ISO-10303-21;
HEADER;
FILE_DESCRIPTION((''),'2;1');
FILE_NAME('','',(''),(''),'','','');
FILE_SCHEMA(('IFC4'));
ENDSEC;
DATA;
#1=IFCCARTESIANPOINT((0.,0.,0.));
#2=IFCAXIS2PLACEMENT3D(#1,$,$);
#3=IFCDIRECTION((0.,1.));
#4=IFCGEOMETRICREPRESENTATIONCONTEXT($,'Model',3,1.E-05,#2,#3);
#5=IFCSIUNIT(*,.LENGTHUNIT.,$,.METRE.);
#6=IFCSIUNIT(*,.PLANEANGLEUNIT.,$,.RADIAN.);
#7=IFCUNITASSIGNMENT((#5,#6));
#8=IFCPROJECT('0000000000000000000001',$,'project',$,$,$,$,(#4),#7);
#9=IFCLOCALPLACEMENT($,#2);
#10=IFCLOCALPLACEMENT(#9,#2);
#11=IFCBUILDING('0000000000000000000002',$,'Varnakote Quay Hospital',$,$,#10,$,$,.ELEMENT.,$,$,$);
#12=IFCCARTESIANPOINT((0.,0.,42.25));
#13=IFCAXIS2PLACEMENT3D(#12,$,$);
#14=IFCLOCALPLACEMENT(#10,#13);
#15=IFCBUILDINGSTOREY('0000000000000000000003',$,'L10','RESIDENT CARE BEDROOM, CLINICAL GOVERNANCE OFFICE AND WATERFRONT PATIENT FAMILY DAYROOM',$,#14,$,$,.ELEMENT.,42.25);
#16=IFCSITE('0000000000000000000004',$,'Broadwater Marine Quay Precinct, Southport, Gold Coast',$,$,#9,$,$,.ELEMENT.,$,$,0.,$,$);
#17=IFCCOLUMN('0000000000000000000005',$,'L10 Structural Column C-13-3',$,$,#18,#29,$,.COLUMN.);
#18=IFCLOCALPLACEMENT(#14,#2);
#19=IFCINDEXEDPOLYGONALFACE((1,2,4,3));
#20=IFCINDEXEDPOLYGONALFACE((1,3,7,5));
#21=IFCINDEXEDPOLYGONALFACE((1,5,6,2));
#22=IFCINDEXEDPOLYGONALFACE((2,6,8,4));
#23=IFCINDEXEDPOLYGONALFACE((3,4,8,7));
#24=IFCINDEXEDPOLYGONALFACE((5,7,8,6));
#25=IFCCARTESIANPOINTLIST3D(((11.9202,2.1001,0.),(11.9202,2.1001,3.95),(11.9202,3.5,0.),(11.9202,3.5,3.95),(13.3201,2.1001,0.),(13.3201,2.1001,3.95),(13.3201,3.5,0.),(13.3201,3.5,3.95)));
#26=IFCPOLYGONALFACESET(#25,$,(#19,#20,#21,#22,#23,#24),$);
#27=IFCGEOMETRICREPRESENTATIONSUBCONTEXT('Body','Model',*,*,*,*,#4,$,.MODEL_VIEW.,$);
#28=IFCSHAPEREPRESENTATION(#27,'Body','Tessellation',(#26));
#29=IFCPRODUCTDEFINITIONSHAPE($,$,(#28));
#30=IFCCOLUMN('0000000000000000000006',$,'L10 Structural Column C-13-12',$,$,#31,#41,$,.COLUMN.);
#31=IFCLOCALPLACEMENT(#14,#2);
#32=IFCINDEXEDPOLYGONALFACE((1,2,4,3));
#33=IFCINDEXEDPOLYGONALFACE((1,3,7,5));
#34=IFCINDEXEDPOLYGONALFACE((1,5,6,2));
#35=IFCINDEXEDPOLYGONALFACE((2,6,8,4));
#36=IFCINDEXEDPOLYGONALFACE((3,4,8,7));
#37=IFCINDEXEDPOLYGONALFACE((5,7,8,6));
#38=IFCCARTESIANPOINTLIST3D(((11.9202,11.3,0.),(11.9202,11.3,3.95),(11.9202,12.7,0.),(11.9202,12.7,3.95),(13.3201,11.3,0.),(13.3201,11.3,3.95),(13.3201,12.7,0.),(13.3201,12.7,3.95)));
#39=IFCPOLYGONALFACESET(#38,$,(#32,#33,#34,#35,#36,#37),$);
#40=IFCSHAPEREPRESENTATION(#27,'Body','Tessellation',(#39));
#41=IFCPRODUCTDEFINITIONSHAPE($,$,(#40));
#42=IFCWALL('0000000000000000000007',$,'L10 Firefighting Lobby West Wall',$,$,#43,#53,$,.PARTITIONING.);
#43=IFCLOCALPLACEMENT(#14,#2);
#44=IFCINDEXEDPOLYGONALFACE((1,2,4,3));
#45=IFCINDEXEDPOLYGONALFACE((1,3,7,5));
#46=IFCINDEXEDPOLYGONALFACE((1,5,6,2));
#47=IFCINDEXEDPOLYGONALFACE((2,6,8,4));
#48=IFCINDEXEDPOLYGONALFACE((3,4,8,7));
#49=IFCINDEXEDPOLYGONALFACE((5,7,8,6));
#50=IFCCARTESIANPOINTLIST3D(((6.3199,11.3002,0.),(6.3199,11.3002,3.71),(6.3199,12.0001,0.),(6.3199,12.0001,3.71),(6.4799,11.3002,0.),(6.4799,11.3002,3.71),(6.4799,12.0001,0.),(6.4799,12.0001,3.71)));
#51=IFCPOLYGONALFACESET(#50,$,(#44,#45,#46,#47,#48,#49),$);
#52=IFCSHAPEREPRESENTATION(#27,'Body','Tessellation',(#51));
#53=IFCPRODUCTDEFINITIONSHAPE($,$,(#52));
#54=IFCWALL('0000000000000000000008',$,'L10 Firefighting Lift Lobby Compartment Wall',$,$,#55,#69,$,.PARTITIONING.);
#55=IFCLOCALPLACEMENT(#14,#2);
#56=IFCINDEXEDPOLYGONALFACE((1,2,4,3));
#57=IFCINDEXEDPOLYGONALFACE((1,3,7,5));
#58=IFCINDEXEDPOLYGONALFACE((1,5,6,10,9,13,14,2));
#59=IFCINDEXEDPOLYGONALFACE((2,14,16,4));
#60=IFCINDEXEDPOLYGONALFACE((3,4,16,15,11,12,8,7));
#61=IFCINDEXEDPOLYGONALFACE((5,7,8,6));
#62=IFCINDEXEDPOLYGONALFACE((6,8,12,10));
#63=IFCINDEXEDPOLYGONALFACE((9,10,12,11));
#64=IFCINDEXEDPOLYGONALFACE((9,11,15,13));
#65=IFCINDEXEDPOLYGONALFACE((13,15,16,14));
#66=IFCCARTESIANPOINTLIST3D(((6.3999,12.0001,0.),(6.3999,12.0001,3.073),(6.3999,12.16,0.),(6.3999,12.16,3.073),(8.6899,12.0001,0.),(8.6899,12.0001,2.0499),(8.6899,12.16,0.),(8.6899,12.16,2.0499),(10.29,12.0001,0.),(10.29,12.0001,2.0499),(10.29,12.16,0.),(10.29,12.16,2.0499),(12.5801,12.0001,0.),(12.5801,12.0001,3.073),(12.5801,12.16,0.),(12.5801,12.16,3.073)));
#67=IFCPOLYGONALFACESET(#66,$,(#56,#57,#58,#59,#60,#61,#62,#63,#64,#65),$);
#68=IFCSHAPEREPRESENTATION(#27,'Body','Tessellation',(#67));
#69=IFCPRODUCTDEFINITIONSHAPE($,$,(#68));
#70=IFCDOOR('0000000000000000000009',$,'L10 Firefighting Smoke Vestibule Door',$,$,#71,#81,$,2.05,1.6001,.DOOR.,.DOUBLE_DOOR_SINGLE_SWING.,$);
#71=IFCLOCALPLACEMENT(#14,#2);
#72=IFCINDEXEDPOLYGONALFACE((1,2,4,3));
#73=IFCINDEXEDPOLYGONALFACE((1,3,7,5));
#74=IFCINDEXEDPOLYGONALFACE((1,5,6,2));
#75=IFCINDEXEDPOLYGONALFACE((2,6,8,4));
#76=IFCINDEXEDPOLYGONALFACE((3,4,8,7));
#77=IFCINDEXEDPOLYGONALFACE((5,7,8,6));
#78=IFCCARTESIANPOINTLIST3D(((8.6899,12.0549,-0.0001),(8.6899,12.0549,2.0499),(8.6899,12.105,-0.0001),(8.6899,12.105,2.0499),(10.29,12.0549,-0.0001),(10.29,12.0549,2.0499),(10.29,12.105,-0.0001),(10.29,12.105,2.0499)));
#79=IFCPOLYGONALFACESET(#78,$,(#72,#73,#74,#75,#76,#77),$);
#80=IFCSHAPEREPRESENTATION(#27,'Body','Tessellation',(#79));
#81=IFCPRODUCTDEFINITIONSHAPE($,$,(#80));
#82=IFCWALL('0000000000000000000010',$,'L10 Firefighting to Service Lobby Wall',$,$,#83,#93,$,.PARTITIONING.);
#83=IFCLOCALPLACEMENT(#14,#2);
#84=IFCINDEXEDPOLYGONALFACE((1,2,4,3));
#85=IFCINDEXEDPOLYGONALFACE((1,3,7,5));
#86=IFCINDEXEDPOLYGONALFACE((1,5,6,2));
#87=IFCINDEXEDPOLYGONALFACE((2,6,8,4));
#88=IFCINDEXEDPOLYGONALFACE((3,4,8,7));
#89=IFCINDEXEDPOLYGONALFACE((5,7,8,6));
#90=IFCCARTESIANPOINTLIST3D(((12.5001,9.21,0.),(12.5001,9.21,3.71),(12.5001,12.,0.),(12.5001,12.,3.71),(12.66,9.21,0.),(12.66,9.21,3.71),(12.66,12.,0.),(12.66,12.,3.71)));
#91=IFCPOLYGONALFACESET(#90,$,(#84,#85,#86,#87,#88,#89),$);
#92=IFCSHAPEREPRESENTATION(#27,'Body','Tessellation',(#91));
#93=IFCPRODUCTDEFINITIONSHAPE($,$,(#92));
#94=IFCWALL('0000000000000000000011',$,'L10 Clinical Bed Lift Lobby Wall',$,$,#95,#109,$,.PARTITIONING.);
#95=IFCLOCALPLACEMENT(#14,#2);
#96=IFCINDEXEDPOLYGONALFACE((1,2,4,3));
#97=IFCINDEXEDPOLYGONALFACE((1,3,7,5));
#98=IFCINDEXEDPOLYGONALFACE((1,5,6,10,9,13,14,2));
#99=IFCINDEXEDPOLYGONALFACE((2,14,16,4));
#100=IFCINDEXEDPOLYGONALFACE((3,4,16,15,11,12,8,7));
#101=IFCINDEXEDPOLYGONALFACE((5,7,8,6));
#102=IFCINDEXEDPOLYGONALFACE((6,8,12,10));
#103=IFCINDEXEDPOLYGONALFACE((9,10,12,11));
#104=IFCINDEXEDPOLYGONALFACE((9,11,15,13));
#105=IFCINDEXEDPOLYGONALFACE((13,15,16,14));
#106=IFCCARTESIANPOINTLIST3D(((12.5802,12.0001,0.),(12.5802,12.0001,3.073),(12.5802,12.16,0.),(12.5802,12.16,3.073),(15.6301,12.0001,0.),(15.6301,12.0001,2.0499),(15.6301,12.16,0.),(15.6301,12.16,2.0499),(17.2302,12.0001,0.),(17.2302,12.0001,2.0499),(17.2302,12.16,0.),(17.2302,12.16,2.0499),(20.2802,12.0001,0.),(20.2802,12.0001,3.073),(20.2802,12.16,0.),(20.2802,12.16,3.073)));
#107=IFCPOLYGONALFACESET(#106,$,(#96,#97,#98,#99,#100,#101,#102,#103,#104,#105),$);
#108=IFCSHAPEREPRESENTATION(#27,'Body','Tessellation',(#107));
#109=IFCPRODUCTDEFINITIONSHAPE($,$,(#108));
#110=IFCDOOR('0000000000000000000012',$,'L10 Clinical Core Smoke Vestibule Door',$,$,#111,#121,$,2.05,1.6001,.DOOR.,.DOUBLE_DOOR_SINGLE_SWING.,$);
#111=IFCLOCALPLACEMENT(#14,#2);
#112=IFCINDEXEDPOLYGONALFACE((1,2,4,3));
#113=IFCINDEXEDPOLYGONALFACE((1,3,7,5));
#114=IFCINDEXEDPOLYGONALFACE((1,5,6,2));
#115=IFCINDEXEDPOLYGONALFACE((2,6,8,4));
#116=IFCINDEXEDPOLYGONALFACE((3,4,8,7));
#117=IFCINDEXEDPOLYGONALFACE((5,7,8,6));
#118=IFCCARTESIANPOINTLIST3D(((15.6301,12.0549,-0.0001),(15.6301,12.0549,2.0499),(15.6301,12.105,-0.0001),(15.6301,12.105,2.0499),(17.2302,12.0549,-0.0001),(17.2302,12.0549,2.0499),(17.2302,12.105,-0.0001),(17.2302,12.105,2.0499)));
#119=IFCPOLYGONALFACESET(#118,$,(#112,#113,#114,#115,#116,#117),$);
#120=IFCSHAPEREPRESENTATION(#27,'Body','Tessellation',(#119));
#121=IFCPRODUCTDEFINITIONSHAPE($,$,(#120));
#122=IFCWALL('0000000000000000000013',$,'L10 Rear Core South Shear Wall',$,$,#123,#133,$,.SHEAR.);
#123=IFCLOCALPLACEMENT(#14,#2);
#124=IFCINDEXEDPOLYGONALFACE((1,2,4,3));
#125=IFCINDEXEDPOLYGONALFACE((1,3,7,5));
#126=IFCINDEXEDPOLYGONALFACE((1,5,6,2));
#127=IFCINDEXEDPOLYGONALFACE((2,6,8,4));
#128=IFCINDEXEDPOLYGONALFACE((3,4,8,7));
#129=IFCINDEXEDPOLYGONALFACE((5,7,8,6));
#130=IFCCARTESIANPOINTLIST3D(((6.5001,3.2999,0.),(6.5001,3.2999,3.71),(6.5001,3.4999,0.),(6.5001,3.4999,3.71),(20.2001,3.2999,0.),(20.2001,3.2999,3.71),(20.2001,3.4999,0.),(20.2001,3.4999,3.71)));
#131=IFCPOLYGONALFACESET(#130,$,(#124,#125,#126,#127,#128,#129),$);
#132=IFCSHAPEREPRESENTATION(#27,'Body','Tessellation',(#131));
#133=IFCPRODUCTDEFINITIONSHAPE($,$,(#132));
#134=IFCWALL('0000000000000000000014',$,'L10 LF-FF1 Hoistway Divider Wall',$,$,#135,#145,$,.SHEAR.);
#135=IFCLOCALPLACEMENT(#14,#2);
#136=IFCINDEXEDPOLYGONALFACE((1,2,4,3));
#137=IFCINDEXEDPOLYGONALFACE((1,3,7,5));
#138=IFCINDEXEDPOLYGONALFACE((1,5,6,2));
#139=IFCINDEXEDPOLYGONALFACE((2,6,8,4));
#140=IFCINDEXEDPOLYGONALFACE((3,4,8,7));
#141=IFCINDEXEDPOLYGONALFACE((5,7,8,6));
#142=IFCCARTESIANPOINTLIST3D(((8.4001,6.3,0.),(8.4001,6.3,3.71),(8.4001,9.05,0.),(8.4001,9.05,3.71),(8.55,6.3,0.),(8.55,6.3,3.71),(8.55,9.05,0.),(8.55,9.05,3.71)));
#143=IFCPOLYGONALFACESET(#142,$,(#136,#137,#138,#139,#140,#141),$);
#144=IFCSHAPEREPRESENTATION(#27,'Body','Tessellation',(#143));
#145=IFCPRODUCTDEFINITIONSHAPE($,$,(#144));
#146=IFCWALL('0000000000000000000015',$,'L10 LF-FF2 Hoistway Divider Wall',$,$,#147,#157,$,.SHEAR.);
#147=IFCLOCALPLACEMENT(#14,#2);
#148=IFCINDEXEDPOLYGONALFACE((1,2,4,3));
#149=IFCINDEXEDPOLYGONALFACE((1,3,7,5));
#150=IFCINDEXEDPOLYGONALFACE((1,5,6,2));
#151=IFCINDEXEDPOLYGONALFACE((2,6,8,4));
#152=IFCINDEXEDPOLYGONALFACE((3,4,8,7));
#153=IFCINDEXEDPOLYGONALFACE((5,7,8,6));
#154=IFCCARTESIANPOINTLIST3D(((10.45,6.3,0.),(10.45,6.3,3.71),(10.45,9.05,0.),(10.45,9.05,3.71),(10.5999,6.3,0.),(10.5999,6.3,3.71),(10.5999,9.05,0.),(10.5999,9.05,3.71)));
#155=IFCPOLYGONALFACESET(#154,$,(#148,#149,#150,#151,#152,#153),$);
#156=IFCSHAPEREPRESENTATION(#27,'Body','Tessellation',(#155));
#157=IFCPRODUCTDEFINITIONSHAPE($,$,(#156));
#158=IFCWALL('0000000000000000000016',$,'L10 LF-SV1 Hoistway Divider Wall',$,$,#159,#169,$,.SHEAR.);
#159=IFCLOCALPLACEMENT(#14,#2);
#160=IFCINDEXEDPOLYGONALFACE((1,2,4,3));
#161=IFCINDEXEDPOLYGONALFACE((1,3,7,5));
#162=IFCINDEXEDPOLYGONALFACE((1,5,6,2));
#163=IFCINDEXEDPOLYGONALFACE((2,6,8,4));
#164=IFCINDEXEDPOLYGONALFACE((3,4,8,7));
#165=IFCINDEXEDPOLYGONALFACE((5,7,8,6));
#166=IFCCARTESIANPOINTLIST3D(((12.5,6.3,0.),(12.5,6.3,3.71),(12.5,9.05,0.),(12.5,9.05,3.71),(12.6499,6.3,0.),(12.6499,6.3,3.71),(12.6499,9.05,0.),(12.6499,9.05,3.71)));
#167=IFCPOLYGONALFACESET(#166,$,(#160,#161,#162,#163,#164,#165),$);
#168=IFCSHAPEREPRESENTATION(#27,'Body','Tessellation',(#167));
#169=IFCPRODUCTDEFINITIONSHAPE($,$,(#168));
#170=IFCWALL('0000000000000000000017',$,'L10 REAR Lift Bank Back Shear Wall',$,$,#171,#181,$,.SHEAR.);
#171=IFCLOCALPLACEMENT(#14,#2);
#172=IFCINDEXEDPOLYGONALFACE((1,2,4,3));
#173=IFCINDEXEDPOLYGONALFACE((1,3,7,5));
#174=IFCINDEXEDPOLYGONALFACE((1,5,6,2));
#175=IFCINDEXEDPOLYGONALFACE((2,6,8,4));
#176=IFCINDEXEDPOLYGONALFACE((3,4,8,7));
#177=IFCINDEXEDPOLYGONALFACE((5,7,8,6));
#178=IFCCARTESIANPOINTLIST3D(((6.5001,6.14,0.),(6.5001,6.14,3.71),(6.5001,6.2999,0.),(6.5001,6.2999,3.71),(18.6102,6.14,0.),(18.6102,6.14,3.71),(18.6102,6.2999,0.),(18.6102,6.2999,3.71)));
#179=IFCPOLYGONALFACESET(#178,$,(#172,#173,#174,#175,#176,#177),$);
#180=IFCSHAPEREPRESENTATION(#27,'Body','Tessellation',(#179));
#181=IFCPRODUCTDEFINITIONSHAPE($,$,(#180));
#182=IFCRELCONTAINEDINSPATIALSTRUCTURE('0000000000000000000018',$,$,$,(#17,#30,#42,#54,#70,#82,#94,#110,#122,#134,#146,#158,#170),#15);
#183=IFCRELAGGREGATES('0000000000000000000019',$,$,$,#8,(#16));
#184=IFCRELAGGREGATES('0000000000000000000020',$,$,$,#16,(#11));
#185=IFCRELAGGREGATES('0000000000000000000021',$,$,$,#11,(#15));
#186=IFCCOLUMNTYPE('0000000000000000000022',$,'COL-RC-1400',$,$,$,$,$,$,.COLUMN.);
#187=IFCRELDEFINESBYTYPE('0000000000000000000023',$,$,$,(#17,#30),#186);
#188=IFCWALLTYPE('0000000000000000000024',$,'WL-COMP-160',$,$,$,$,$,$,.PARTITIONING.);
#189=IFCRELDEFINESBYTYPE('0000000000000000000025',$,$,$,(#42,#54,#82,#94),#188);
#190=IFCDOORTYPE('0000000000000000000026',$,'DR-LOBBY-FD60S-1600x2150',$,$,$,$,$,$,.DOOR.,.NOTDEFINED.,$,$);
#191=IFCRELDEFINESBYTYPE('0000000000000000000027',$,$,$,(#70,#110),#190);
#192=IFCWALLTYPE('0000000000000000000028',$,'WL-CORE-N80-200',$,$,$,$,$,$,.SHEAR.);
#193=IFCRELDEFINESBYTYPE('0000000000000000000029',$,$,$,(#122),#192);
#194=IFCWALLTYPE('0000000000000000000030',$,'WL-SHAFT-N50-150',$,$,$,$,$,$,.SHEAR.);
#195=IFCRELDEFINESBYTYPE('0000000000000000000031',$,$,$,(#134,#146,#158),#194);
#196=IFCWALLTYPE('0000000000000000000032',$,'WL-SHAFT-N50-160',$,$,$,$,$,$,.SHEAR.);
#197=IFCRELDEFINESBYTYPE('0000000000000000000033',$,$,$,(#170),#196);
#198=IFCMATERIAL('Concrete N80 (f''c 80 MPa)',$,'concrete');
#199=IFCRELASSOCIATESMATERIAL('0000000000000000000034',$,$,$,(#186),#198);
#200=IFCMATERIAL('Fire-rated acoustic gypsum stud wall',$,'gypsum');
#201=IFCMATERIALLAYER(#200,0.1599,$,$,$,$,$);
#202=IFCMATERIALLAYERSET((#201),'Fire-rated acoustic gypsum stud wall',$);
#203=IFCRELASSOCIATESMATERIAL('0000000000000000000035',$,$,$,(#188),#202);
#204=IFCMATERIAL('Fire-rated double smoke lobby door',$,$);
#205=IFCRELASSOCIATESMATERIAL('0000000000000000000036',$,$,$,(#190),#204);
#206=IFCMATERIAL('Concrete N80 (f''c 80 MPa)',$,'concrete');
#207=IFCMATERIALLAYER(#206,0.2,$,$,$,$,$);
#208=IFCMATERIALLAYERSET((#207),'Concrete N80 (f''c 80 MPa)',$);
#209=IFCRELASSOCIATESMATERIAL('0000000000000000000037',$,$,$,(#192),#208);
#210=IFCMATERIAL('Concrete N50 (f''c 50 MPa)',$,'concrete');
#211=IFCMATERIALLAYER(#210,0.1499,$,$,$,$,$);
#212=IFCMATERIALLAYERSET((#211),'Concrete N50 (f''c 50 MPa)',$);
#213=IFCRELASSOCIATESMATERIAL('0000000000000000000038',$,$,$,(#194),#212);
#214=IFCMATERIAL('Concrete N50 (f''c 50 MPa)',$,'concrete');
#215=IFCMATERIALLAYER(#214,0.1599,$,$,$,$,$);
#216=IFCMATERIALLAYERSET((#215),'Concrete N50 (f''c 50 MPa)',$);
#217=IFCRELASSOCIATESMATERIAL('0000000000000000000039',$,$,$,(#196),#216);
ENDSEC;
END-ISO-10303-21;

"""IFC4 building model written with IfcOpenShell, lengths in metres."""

from ifc_helpers import new_model, si_unit, direction, frame, frame_2d, origin, origin_2d, place, context, subcontext, project, spatial, rectangle, extrude, material, layer, layer_set, material_profile, profile_set, type_object, element, fill, save


model = new_model("IFC4")

# Units and contexts
model_context = context("Model", 3, precision=1e-05, world=origin(), true_north=direction((0.0, 1.0)))
body_context = subcontext(model_context, "Body", "Model", "MODEL_VIEW")
ifc_project = project(units=[si_unit("LENGTHUNIT", "METRE"), si_unit("PLANEANGLEUNIT", "RADIAN")], contexts=[model_context])

# Site, building, storey
site_placement = place(None, origin())
site = spatial("IfcSite", under=ifc_project, at=site_placement, Name="Broadwater Marine Quay Precinct, Southport, Gold Coast", CompositionType="ELEMENT", RefElevation=0.0)
building_placement = place(site_placement, origin())
building = spatial("IfcBuilding", under=site, at=building_placement, Name="Varnakote Quay Hospital", CompositionType="ELEMENT")
storey_placement = place(building_placement, frame((0.0, 0.0, 42.25)))
storey = spatial("IfcBuildingStorey", under=building, at=storey_placement, Name="L10", Description="RESIDENT CARE BEDROOM, CLINICAL GOVERNANCE OFFICE AND WATERFRONT PATIENT FAMILY DAYROOM", CompositionType="ELEMENT", Elevation=42.25)

# Columns
ifc_material_1 = material(Name="Concrete N80 (f'c 80 MPa)", Category="concrete")
ifc_material_profile = material_profile(ifc_material_1, rectangle(XDim=1.3999, YDim=1.3999, at=origin_2d()), Name="RC-COL-1400x1400")
ifc_profile_set = profile_set([ifc_material_profile], Name="Concrete N80 (f'c 80 MPa)")
column_type = type_object("IfcColumnType", Name="COL-RC-1400", PredefinedType="COLUMN", material=ifc_profile_set)
for number, where, z_axis, x_axis, name in (
    (1, (12.6201, 2.8, 0.0), (0.0, 0.0, 1.0), (1.0, 0.0, 0.0), "L10 Structural Column C-13-3"),
    (2, (12.6201, 12.0, 0.0), (0.0, 0.0, 1.0), (1.0, 0.0, 0.0), "L10 Structural Column C-13-12"),
):
    element("IfcColumn", number, at=place(storey_placement, frame(where, z_axis=z_axis, x_axis=x_axis)), inside=storey, type_object=column_type, Name=name, PredefinedType="COLUMN", context=body_context, shape_type="SweptSolid", body=[
        extrude(rectangle(XDim=1.3999, YDim=1.3999, at=origin_2d()), origin(), (0.0, 0.0, 1.0), 3.95),
    ])

# Wall
ifc_material_2 = material(Name="Fire-rated acoustic gypsum stud wall", Category="gypsum")
ifc_layer_1 = layer(ifc_material_2, 0.1599)
ifc_layer_set_1 = layer_set([ifc_layer_1], Name="Fire-rated acoustic gypsum stud wall")
wall_type_1 = type_object("IfcWallType", Name="WL-COMP-160", PredefinedType="PARTITIONING", material=ifc_layer_set_1)
wall_1_placement = place(storey_placement, frame((6.3999, 11.3, 0.0), z_axis=(0.0, 0.0, 1.0), x_axis=(0.0, 1.0, 0.0)))
element("IfcWall", 3, at=wall_1_placement, inside=storey, type_object=wall_type_1, Name="L10 Firefighting Lobby West Wall", PredefinedType="PARTITIONING", context=body_context, shape_type="SweptSolid", body=[
    extrude(rectangle(XDim=0.7, YDim=0.1599, at=frame_2d((0.3501, 0.0))), origin(), (0.0, 0.0, 1.0), 3.71),
])

# Wall, opening, door
wall_2_placement = place(storey_placement, frame((6.3999, 12.0801, 0.0), z_axis=(0.0, 0.0, 1.0), x_axis=(1.0, 0.0, 0.0)))
wall_2 = element("IfcWall", 4, at=wall_2_placement, inside=storey, type_object=wall_type_1, Name="L10 Firefighting Lift Lobby Compartment Wall", PredefinedType="PARTITIONING", context=body_context, shape_type="SweptSolid", body=[
    extrude(rectangle(XDim=6.1802, YDim=0.1599, at=frame_2d((3.0901, 0.0))), origin(), (0.0, 0.0, 1.0), 3.073),
])
opening_1_placement = place(wall_2_placement, frame((2.29, 0.0, 0.0)))
opening_1 = element("IfcOpeningElement", 5, at=opening_1_placement, cuts=wall_2, PredefinedType="OPENING", context=body_context, shape_type="SweptSolid", body=[
    extrude(rectangle(XDim=1.6001, YDim=2.05, at=frame_2d((0.8, 1.0249))), frame((0.0, 0.0898, 0.0), z_axis=(0.0, -1.0, 0.0), x_axis=(1.0, 0.0, 0.0)), (0.0, 0.0, 1.0), 0.1799),
])
ifc_material_3 = material(Name="Fire-rated double smoke lobby door")
door_type_1 = type_object("IfcDoorType", Name="DR-LOBBY-FD60S-1600x2150", OperationType="NOTDEFINED", PredefinedType="DOOR", material=ifc_material_3)
door_1_placement = place(opening_1_placement, origin())
door_1 = element("IfcDoor", 6, at=door_1_placement, inside=storey, type_object=door_type_1, Name="L10 Firefighting Smoke Vestibule Door", OperationType="DOUBLE_DOOR_SINGLE_SWING", OverallHeight=2.05, OverallWidth=1.6001, PredefinedType="DOOR", context=body_context, shape_type="SweptSolid", body=[
    extrude(rectangle(XDim=1.6001, YDim=2.05, at=frame_2d((0.8, 1.0249))), frame((0.0, 0.0249, 0.0), z_axis=(0.0, -1.0, 0.0), x_axis=(1.0, 0.0, 0.0)), (0.0, 0.0, 1.0), 0.05),
])
fill(opening_1, door_1)

# Wall
wall_3_placement = place(storey_placement, frame((12.5801, 9.21, 0.0), z_axis=(0.0, 0.0, 1.0), x_axis=(0.0, 1.0, 0.0)))
element("IfcWall", 7, at=wall_3_placement, inside=storey, type_object=wall_type_1, Name="L10 Firefighting to Service Lobby Wall", PredefinedType="PARTITIONING", context=body_context, shape_type="SweptSolid", body=[
    extrude(rectangle(XDim=2.79, YDim=0.1599, at=frame_2d((1.395, 0.0))), origin(), (0.0, 0.0, 1.0), 3.71),
])

# Wall, opening, door
wall_4_placement = place(storey_placement, frame((12.5801, 12.0801, 0.0), z_axis=(0.0, 0.0, 1.0), x_axis=(1.0, 0.0, 0.0)))
wall_4 = element("IfcWall", 8, at=wall_4_placement, inside=storey, type_object=wall_type_1, Name="L10 Clinical Bed Lift Lobby Wall", PredefinedType="PARTITIONING", context=body_context, shape_type="SweptSolid", body=[
    extrude(rectangle(XDim=7.7, YDim=0.1599, at=frame_2d((3.8501, 0.0))), origin(), (0.0, 0.0, 1.0), 3.073),
])
opening_2_placement = place(wall_4_placement, frame((3.05, 0.0, 0.0)))
opening_2 = element("IfcOpeningElement", 9, at=opening_2_placement, cuts=wall_4, PredefinedType="OPENING", context=body_context, shape_type="SweptSolid", body=[
    extrude(rectangle(XDim=1.6001, YDim=2.05, at=frame_2d((0.8, 1.0249))), frame((0.0, 0.0898, 0.0), z_axis=(0.0, -1.0, 0.0), x_axis=(1.0, 0.0, 0.0)), (0.0, 0.0, 1.0), 0.1799),
])
door_2_placement = place(opening_2_placement, origin())
door_2 = element("IfcDoor", 10, at=door_2_placement, inside=storey, type_object=door_type_1, Name="L10 Clinical Core Smoke Vestibule Door", OperationType="DOUBLE_DOOR_SINGLE_SWING", OverallHeight=2.05, OverallWidth=1.6001, PredefinedType="DOOR", context=body_context, shape_type="SweptSolid", body=[
    extrude(rectangle(XDim=1.6001, YDim=2.05, at=frame_2d((0.8, 1.0249))), frame((0.0, 0.0249, 0.0), z_axis=(0.0, -1.0, 0.0), x_axis=(1.0, 0.0, 0.0)), (0.0, 0.0, 1.0), 0.05),
])
fill(opening_2, door_2)

# Walls
ifc_material_4 = material(Name="Concrete N80 (f'c 80 MPa)", Category="concrete")
ifc_layer_2 = layer(ifc_material_4, 0.2)
ifc_layer_set_2 = layer_set([ifc_layer_2], Name="Concrete N80 (f'c 80 MPa)")
wall_type_2 = type_object("IfcWallType", Name="WL-CORE-N80-200", PredefinedType="SHEAR", material=ifc_layer_set_2)
wall_5_placement = place(storey_placement, frame((6.5, 3.3999, 0.0), z_axis=(0.0, 0.0, 1.0), x_axis=(1.0, 0.0, 0.0)))
element("IfcWall", 11, at=wall_5_placement, inside=storey, type_object=wall_type_2, Name="L10 Rear Core South Shear Wall", PredefinedType="SHEAR", context=body_context, shape_type="SweptSolid", body=[
    extrude(rectangle(XDim=13.7, YDim=0.2, at=frame_2d((6.8501, 0.0))), origin(), (0.0, 0.0, 1.0), 3.71),
])
ifc_material_5 = material(Name="Concrete N50 (f'c 50 MPa)", Category="concrete")
ifc_layer_3 = layer(ifc_material_5, 0.1499)
ifc_layer_set_3 = layer_set([ifc_layer_3], Name="Concrete N50 (f'c 50 MPa)")
wall_type_3 = type_object("IfcWallType", Name="WL-SHAFT-N50-150", PredefinedType="SHEAR", material=ifc_layer_set_3)
for number, where, z_axis, x_axis, name in (
    (12, (8.4751, 6.3, 0.0), (0.0, 0.0, 1.0), (0.0, 1.0, 0.0), "L10 LF-FF1 Hoistway Divider Wall"),
    (13, (10.5249, 6.3, 0.0), (0.0, 0.0, 1.0), (0.0, 1.0, 0.0), "L10 LF-FF2 Hoistway Divider Wall"),
    (14, (12.575, 6.3, 0.0), (0.0, 0.0, 1.0), (0.0, 1.0, 0.0), "L10 LF-SV1 Hoistway Divider Wall"),
):
    element("IfcWall", number, at=place(storey_placement, frame(where, z_axis=z_axis, x_axis=x_axis)), inside=storey, type_object=wall_type_3, Name=name, PredefinedType="SHEAR", context=body_context, shape_type="SweptSolid", body=[
        extrude(rectangle(XDim=2.75, YDim=0.1499, at=frame_2d((1.375, 0.0))), origin(), (0.0, 0.0, 1.0), 3.71),
    ])
ifc_material_6 = material(Name="Concrete N50 (f'c 50 MPa)", Category="concrete")
ifc_layer_4 = layer(ifc_material_6, 0.1599)
ifc_layer_set_4 = layer_set([ifc_layer_4], Name="Concrete N50 (f'c 50 MPa)")
wall_type_4 = type_object("IfcWallType", Name="WL-SHAFT-N50-160", PredefinedType="SHEAR", material=ifc_layer_set_4)
wall_6_placement = place(storey_placement, frame((6.5, 6.22, 0.0), z_axis=(0.0, 0.0, 1.0), x_axis=(1.0, 0.0, 0.0)))
element("IfcWall", 15, at=wall_6_placement, inside=storey, type_object=wall_type_4, Name="L10 REAR Lift Bank Back Shear Wall", PredefinedType="SHEAR", context=body_context, shape_type="SweptSolid", body=[
    extrude(rectangle(XDim=12.1101, YDim=0.1599, at=frame_2d((6.0552, 0.0))), origin(), (0.0, 0.0, 1.0), 3.71),
])

save(model, "model.ifc")
